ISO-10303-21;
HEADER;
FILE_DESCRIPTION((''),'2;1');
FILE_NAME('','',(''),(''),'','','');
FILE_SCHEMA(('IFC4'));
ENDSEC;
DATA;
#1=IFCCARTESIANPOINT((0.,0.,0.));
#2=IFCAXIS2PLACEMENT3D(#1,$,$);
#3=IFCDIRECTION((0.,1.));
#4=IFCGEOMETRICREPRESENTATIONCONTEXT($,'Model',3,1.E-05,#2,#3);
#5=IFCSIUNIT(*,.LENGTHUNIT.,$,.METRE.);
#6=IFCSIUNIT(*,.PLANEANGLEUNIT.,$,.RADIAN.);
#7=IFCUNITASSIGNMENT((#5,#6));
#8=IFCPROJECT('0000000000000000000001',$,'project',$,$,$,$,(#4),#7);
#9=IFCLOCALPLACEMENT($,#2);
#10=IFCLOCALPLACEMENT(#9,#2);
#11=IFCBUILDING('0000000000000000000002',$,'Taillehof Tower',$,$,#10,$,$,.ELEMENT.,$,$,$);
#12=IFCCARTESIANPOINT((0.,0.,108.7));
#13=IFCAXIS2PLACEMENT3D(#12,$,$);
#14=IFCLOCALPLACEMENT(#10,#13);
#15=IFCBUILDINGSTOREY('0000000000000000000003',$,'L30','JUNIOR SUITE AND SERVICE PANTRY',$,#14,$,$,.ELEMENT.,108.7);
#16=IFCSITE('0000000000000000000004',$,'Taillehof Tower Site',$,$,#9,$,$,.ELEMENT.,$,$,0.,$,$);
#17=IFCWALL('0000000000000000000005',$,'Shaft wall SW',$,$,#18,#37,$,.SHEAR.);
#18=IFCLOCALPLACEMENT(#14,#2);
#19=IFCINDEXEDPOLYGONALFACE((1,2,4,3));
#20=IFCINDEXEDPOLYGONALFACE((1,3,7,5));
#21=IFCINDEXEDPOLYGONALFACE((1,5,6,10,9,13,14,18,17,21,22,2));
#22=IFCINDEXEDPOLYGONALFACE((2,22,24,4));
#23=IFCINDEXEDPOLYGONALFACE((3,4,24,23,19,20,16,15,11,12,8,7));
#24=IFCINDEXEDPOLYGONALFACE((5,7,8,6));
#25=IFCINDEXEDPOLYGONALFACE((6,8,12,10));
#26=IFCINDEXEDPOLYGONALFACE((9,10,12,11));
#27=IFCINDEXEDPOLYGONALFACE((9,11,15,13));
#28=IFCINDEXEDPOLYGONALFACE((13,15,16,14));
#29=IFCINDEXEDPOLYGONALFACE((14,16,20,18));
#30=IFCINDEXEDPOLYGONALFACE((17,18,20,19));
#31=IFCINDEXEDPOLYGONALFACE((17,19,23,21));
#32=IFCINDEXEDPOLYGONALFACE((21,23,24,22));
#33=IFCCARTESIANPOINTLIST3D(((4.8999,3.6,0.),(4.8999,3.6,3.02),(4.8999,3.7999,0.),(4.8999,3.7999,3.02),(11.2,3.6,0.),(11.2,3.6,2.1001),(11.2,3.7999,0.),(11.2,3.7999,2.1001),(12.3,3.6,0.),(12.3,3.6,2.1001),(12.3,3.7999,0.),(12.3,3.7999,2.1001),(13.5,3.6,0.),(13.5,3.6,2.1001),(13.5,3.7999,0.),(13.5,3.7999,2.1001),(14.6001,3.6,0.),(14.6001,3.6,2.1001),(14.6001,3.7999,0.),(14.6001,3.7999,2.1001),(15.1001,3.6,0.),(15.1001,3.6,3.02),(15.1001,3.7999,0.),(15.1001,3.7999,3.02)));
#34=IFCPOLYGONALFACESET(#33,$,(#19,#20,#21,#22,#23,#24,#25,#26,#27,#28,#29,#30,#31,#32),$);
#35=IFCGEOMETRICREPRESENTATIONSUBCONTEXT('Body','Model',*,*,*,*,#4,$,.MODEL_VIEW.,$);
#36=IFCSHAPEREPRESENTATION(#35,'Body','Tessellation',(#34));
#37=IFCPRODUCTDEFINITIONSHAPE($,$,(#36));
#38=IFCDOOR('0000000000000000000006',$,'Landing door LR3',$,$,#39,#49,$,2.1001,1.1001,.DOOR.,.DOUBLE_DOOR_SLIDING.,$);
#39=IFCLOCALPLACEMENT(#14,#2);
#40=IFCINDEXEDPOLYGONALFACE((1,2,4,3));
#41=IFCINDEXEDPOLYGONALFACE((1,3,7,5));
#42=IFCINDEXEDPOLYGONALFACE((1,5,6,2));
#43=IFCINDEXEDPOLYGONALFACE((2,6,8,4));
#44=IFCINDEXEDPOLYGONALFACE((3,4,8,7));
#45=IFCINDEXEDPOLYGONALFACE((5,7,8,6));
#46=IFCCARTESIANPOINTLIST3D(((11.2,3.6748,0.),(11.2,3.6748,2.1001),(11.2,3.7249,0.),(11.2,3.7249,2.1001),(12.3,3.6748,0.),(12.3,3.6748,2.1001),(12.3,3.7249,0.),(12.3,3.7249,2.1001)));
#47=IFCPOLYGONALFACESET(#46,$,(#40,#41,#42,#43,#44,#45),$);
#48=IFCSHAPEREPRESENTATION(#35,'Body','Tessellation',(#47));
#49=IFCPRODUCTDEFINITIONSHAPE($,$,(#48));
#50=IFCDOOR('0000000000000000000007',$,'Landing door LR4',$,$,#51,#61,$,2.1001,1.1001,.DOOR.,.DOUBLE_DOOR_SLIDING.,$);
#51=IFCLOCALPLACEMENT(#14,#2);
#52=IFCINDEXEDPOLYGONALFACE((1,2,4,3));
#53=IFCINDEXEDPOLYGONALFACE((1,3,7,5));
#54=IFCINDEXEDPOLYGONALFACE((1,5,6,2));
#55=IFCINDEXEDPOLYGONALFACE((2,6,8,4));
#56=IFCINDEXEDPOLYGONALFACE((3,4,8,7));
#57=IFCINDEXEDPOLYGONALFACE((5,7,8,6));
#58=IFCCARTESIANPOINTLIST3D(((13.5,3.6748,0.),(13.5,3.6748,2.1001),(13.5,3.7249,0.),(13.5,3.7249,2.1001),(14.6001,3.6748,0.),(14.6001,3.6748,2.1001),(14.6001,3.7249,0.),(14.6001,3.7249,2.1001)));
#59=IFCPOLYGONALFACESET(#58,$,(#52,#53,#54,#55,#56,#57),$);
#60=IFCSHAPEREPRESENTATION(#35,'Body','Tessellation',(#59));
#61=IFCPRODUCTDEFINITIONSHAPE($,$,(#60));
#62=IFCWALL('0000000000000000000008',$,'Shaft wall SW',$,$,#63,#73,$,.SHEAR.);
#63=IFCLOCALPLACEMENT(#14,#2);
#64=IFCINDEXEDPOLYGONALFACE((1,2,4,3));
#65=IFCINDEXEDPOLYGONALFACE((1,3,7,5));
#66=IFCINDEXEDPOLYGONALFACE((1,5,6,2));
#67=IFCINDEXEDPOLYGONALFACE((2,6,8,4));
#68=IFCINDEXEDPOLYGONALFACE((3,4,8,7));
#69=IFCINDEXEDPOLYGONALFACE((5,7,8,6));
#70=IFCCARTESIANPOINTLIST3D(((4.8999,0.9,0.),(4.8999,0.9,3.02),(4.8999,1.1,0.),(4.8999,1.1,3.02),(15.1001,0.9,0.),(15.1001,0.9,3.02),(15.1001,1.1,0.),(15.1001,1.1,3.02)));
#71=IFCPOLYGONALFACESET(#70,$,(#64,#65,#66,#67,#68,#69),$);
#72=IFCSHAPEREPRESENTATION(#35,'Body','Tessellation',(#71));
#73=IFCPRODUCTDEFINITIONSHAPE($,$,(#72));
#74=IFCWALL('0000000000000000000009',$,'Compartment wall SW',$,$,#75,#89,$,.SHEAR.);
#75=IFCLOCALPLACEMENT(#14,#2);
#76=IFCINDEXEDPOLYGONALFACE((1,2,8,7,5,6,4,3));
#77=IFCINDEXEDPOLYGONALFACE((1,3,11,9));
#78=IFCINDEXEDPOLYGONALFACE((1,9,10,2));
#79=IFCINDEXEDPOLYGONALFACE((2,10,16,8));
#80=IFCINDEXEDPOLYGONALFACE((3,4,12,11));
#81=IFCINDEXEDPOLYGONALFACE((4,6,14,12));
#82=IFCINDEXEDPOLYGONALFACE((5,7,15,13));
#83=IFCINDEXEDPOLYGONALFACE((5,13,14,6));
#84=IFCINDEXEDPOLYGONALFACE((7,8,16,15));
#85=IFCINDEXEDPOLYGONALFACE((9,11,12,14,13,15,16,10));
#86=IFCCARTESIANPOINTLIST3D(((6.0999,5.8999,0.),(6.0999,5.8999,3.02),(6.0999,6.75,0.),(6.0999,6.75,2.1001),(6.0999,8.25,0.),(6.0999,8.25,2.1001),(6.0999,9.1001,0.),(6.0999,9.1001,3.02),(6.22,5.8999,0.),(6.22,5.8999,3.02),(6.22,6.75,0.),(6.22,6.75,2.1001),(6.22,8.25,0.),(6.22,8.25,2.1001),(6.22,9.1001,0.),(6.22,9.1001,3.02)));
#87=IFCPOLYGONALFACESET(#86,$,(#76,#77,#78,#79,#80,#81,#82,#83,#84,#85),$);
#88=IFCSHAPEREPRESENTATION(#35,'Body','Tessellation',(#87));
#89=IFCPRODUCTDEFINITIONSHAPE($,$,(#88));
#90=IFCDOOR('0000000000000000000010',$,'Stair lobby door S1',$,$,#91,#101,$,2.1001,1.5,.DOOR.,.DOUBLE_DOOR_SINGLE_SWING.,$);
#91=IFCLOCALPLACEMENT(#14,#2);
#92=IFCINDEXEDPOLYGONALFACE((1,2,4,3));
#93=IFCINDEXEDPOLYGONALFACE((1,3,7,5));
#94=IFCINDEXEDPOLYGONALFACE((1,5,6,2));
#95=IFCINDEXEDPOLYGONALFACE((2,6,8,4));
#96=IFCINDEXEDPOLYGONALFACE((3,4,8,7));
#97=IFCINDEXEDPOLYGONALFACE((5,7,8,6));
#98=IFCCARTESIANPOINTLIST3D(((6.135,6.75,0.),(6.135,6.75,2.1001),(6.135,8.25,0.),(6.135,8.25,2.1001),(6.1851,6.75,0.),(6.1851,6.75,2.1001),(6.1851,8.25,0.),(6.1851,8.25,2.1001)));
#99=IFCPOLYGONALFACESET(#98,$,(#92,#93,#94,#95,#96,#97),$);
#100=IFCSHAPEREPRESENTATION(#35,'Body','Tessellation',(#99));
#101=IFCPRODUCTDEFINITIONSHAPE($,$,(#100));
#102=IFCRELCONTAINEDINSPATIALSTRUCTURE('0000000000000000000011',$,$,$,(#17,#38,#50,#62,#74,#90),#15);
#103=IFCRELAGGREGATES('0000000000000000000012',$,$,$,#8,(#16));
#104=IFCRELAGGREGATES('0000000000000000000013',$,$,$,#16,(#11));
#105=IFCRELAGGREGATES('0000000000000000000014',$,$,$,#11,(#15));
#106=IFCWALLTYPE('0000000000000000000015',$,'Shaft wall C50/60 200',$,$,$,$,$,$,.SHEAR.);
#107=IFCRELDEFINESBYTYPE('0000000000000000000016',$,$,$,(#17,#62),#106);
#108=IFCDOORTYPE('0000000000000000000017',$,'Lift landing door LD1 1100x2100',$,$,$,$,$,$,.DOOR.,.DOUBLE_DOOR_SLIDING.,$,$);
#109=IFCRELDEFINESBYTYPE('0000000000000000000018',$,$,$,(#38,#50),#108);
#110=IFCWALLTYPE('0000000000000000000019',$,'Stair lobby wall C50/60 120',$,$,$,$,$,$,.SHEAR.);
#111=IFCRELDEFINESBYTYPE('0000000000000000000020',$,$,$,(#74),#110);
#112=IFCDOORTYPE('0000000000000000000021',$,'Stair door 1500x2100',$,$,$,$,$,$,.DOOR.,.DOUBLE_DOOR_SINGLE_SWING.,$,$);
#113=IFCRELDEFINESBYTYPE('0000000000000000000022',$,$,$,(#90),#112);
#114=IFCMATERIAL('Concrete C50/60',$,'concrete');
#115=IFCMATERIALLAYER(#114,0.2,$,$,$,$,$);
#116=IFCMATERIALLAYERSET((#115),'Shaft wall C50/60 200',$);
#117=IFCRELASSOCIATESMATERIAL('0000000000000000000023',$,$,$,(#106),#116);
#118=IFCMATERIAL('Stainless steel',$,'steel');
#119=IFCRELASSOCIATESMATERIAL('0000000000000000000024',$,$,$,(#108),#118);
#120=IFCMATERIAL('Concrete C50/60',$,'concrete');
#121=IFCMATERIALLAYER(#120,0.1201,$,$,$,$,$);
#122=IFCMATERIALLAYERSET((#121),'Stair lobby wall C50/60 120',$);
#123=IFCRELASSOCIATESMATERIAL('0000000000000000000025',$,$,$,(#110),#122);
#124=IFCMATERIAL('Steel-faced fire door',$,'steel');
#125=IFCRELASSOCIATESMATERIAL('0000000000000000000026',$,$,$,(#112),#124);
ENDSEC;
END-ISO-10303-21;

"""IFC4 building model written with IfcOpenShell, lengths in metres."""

from ifc_helpers import new_model, si_unit, direction, frame, frame_2d, origin, place, context, subcontext, project, spatial, rectangle, extrude, material, layer, layer_set, type_object, element, fill, save


model = new_model("IFC4")

# Units and contexts
model_context = context("Model", 3, precision=1e-05, world=origin(), true_north=direction((0.0, 1.0)))
body_context = subcontext(model_context, "Body", "Model", "MODEL_VIEW")
ifc_project = project(units=[si_unit("LENGTHUNIT", "METRE"), si_unit("PLANEANGLEUNIT", "RADIAN")], contexts=[model_context])

# Site, building, storey
site_placement = place(None, origin())
site = spatial("IfcSite", under=ifc_project, at=site_placement, Name="Taillehof Tower Site", CompositionType="ELEMENT", RefElevation=0.0)
building_placement = place(site_placement, origin())
building = spatial("IfcBuilding", under=site, at=building_placement, Name="Taillehof Tower", CompositionType="ELEMENT")
storey_placement = place(building_placement, frame((0.0, 0.0, 108.7)))
storey = spatial("IfcBuildingStorey", under=building, at=storey_placement, Name="L30", Description="JUNIOR SUITE AND SERVICE PANTRY", CompositionType="ELEMENT", Elevation=108.7)

# Wall, openings, doors
ifc_material_1 = material(Name="Concrete C50/60", Category="concrete")
ifc_layer_1 = layer(ifc_material_1, 0.2)
ifc_layer_set_1 = layer_set([ifc_layer_1], Name="Shaft wall C50/60 200")
wall_type_1 = type_object("IfcWallType", Name="Shaft wall C50/60 200", PredefinedType="SHEAR", material=ifc_layer_set_1)
ifc_material_2 = material(Name="Stainless steel", Category="steel")
door_type_1 = type_object("IfcDoorType", Name="Lift landing door LD1 1100x2100", OperationType="DOUBLE_DOOR_SLIDING", PredefinedType="DOOR", material=ifc_material_2)
wall_1_placement = place(storey_placement, frame((4.8999, 3.7, 0.0), z_axis=(0.0, 0.0, 1.0), x_axis=(1.0, 0.0, 0.0)))
wall_1 = element("IfcWall", 1, at=wall_1_placement, inside=storey, type_object=wall_type_1, Name="Shaft wall SW", PredefinedType="SHEAR", context=body_context, shape_type="SweptSolid", body=[
    extrude(rectangle(XDim=10.2002, YDim=0.2, at=frame_2d((5.1001, 0.0))), origin(), (0.0, 0.0, 1.0), 3.02),
])
opening_1_placement = place(wall_1_placement, frame((6.3, 0.0, 0.0)))
opening_1 = element("IfcOpeningElement", 2, at=opening_1_placement, cuts=wall_1, PredefinedType="OPENING", context=body_context, shape_type="SweptSolid", body=[
    extrude(rectangle(XDim=1.1001, YDim=2.1001, at=frame_2d((0.55, 1.05))), frame((0.0, 0.1099, 0.0), z_axis=(0.0, -1.0, 0.0), x_axis=(1.0, 0.0, 0.0)), (0.0, 0.0, 1.0), 0.22),
])
opening_2_placement = place(wall_1_placement, frame((8.6001, 0.0, 0.0)))
opening_2 = element("IfcOpeningElement", 3, at=opening_2_placement, cuts=wall_1, PredefinedType="OPENING", context=body_context, shape_type="SweptSolid", body=[
    extrude(rectangle(XDim=1.1001, YDim=2.1001, at=frame_2d((0.55, 1.05))), frame((0.0, 0.1099, 0.0), z_axis=(0.0, -1.0, 0.0), x_axis=(1.0, 0.0, 0.0)), (0.0, 0.0, 1.0), 0.22),
])
door_1_placement = place(opening_1_placement, origin())
door_1 = element("IfcDoor", 4, at=door_1_placement, inside=storey, type_object=door_type_1, Name="Landing door LR3", OperationType="DOUBLE_DOOR_SLIDING", OverallHeight=2.1001, OverallWidth=1.1001, PredefinedType="DOOR", context=body_context, shape_type="SweptSolid", body=[
    extrude(rectangle(XDim=1.1001, YDim=2.1001, at=frame_2d((0.55, 1.05))), frame((0.0, 0.0249, 0.0), z_axis=(0.0, -1.0, 0.0), x_axis=(1.0, 0.0, 0.0)), (0.0, 0.0, 1.0), 0.05),
])
fill(opening_1, door_1)
door_2_placement = place(opening_2_placement, origin())
door_2 = element("IfcDoor", 5, at=door_2_placement, inside=storey, type_object=door_type_1, Name="Landing door LR4", OperationType="DOUBLE_DOOR_SLIDING", OverallHeight=2.1001, OverallWidth=1.1001, PredefinedType="DOOR", context=body_context, shape_type="SweptSolid", body=[
    extrude(rectangle(XDim=1.1001, YDim=2.1001, at=frame_2d((0.55, 1.05))), frame((0.0, 0.0249, 0.0), z_axis=(0.0, -1.0, 0.0), x_axis=(1.0, 0.0, 0.0)), (0.0, 0.0, 1.0), 0.05),
])
fill(opening_2, door_2)

# Wall
wall_2_placement = place(storey_placement, frame((4.8999, 1.0, 0.0), z_axis=(0.0, 0.0, 1.0), x_axis=(1.0, 0.0, 0.0)))
element("IfcWall", 6, at=wall_2_placement, inside=storey, type_object=wall_type_1, Name="Shaft wall SW", PredefinedType="SHEAR", context=body_context, shape_type="SweptSolid", body=[
    extrude(rectangle(XDim=10.2002, YDim=0.2, at=frame_2d((5.1001, 0.0))), origin(), (0.0, 0.0, 1.0), 3.02),
])

# Wall, opening, door
ifc_material_3 = material(Name="Concrete C50/60", Category="concrete")
ifc_layer_2 = layer(ifc_material_3, 0.1201)
ifc_layer_set_2 = layer_set([ifc_layer_2], Name="Stair lobby wall C50/60 120")
wall_type_2 = type_object("IfcWallType", Name="Stair lobby wall C50/60 120", PredefinedType="SHEAR", material=ifc_layer_set_2)
wall_3_placement = place(storey_placement, frame((6.1599, 5.8999, 0.0), z_axis=(0.0, 0.0, 1.0), x_axis=(0.0, 1.0, 0.0)))
wall_3 = element("IfcWall", 7, at=wall_3_placement, inside=storey, type_object=wall_type_2, Name="Compartment wall SW", PredefinedType="SHEAR", context=body_context, shape_type="SweptSolid", body=[
    extrude(rectangle(XDim=3.2002, YDim=0.1201, at=frame_2d((1.6001, 0.0))), origin(), (0.0, 0.0, 1.0), 3.02),
])
opening_3_placement = place(wall_3_placement, frame((0.8501, 0.0, 0.0)))
opening_3 = element("IfcOpeningElement", 8, at=opening_3_placement, cuts=wall_3, PredefinedType="OPENING", context=body_context, shape_type="SweptSolid", body=[
    extrude(rectangle(XDim=1.5, YDim=2.1001, at=frame_2d((0.75, 1.05))), frame((0.0, 0.0701, 0.0), z_axis=(0.0, -1.0, 0.0), x_axis=(1.0, 0.0, 0.0)), (0.0, 0.0, 1.0), 0.1401),
])
ifc_material_4 = material(Name="Steel-faced fire door", Category="steel")
door_type_2 = type_object("IfcDoorType", Name="Stair door 1500x2100", OperationType="DOUBLE_DOOR_SINGLE_SWING", PredefinedType="DOOR", material=ifc_material_4)
door_3_placement = place(opening_3_placement, origin())
door_3 = element("IfcDoor", 9, at=door_3_placement, inside=storey, type_object=door_type_2, Name="Stair lobby door S1", OperationType="DOUBLE_DOOR_SINGLE_SWING", OverallHeight=2.1001, OverallWidth=1.5, PredefinedType="DOOR", context=body_context, shape_type="SweptSolid", body=[
    extrude(rectangle(XDim=1.5, YDim=2.1001, at=frame_2d((0.75, 1.05))), frame((0.0, 0.0249, 0.0), z_axis=(0.0, -1.0, 0.0), x_axis=(1.0, 0.0, 0.0)), (0.0, 0.0, 1.0), 0.05),
])
fill(opening_3, door_3)

save(model, "model.ifc")
